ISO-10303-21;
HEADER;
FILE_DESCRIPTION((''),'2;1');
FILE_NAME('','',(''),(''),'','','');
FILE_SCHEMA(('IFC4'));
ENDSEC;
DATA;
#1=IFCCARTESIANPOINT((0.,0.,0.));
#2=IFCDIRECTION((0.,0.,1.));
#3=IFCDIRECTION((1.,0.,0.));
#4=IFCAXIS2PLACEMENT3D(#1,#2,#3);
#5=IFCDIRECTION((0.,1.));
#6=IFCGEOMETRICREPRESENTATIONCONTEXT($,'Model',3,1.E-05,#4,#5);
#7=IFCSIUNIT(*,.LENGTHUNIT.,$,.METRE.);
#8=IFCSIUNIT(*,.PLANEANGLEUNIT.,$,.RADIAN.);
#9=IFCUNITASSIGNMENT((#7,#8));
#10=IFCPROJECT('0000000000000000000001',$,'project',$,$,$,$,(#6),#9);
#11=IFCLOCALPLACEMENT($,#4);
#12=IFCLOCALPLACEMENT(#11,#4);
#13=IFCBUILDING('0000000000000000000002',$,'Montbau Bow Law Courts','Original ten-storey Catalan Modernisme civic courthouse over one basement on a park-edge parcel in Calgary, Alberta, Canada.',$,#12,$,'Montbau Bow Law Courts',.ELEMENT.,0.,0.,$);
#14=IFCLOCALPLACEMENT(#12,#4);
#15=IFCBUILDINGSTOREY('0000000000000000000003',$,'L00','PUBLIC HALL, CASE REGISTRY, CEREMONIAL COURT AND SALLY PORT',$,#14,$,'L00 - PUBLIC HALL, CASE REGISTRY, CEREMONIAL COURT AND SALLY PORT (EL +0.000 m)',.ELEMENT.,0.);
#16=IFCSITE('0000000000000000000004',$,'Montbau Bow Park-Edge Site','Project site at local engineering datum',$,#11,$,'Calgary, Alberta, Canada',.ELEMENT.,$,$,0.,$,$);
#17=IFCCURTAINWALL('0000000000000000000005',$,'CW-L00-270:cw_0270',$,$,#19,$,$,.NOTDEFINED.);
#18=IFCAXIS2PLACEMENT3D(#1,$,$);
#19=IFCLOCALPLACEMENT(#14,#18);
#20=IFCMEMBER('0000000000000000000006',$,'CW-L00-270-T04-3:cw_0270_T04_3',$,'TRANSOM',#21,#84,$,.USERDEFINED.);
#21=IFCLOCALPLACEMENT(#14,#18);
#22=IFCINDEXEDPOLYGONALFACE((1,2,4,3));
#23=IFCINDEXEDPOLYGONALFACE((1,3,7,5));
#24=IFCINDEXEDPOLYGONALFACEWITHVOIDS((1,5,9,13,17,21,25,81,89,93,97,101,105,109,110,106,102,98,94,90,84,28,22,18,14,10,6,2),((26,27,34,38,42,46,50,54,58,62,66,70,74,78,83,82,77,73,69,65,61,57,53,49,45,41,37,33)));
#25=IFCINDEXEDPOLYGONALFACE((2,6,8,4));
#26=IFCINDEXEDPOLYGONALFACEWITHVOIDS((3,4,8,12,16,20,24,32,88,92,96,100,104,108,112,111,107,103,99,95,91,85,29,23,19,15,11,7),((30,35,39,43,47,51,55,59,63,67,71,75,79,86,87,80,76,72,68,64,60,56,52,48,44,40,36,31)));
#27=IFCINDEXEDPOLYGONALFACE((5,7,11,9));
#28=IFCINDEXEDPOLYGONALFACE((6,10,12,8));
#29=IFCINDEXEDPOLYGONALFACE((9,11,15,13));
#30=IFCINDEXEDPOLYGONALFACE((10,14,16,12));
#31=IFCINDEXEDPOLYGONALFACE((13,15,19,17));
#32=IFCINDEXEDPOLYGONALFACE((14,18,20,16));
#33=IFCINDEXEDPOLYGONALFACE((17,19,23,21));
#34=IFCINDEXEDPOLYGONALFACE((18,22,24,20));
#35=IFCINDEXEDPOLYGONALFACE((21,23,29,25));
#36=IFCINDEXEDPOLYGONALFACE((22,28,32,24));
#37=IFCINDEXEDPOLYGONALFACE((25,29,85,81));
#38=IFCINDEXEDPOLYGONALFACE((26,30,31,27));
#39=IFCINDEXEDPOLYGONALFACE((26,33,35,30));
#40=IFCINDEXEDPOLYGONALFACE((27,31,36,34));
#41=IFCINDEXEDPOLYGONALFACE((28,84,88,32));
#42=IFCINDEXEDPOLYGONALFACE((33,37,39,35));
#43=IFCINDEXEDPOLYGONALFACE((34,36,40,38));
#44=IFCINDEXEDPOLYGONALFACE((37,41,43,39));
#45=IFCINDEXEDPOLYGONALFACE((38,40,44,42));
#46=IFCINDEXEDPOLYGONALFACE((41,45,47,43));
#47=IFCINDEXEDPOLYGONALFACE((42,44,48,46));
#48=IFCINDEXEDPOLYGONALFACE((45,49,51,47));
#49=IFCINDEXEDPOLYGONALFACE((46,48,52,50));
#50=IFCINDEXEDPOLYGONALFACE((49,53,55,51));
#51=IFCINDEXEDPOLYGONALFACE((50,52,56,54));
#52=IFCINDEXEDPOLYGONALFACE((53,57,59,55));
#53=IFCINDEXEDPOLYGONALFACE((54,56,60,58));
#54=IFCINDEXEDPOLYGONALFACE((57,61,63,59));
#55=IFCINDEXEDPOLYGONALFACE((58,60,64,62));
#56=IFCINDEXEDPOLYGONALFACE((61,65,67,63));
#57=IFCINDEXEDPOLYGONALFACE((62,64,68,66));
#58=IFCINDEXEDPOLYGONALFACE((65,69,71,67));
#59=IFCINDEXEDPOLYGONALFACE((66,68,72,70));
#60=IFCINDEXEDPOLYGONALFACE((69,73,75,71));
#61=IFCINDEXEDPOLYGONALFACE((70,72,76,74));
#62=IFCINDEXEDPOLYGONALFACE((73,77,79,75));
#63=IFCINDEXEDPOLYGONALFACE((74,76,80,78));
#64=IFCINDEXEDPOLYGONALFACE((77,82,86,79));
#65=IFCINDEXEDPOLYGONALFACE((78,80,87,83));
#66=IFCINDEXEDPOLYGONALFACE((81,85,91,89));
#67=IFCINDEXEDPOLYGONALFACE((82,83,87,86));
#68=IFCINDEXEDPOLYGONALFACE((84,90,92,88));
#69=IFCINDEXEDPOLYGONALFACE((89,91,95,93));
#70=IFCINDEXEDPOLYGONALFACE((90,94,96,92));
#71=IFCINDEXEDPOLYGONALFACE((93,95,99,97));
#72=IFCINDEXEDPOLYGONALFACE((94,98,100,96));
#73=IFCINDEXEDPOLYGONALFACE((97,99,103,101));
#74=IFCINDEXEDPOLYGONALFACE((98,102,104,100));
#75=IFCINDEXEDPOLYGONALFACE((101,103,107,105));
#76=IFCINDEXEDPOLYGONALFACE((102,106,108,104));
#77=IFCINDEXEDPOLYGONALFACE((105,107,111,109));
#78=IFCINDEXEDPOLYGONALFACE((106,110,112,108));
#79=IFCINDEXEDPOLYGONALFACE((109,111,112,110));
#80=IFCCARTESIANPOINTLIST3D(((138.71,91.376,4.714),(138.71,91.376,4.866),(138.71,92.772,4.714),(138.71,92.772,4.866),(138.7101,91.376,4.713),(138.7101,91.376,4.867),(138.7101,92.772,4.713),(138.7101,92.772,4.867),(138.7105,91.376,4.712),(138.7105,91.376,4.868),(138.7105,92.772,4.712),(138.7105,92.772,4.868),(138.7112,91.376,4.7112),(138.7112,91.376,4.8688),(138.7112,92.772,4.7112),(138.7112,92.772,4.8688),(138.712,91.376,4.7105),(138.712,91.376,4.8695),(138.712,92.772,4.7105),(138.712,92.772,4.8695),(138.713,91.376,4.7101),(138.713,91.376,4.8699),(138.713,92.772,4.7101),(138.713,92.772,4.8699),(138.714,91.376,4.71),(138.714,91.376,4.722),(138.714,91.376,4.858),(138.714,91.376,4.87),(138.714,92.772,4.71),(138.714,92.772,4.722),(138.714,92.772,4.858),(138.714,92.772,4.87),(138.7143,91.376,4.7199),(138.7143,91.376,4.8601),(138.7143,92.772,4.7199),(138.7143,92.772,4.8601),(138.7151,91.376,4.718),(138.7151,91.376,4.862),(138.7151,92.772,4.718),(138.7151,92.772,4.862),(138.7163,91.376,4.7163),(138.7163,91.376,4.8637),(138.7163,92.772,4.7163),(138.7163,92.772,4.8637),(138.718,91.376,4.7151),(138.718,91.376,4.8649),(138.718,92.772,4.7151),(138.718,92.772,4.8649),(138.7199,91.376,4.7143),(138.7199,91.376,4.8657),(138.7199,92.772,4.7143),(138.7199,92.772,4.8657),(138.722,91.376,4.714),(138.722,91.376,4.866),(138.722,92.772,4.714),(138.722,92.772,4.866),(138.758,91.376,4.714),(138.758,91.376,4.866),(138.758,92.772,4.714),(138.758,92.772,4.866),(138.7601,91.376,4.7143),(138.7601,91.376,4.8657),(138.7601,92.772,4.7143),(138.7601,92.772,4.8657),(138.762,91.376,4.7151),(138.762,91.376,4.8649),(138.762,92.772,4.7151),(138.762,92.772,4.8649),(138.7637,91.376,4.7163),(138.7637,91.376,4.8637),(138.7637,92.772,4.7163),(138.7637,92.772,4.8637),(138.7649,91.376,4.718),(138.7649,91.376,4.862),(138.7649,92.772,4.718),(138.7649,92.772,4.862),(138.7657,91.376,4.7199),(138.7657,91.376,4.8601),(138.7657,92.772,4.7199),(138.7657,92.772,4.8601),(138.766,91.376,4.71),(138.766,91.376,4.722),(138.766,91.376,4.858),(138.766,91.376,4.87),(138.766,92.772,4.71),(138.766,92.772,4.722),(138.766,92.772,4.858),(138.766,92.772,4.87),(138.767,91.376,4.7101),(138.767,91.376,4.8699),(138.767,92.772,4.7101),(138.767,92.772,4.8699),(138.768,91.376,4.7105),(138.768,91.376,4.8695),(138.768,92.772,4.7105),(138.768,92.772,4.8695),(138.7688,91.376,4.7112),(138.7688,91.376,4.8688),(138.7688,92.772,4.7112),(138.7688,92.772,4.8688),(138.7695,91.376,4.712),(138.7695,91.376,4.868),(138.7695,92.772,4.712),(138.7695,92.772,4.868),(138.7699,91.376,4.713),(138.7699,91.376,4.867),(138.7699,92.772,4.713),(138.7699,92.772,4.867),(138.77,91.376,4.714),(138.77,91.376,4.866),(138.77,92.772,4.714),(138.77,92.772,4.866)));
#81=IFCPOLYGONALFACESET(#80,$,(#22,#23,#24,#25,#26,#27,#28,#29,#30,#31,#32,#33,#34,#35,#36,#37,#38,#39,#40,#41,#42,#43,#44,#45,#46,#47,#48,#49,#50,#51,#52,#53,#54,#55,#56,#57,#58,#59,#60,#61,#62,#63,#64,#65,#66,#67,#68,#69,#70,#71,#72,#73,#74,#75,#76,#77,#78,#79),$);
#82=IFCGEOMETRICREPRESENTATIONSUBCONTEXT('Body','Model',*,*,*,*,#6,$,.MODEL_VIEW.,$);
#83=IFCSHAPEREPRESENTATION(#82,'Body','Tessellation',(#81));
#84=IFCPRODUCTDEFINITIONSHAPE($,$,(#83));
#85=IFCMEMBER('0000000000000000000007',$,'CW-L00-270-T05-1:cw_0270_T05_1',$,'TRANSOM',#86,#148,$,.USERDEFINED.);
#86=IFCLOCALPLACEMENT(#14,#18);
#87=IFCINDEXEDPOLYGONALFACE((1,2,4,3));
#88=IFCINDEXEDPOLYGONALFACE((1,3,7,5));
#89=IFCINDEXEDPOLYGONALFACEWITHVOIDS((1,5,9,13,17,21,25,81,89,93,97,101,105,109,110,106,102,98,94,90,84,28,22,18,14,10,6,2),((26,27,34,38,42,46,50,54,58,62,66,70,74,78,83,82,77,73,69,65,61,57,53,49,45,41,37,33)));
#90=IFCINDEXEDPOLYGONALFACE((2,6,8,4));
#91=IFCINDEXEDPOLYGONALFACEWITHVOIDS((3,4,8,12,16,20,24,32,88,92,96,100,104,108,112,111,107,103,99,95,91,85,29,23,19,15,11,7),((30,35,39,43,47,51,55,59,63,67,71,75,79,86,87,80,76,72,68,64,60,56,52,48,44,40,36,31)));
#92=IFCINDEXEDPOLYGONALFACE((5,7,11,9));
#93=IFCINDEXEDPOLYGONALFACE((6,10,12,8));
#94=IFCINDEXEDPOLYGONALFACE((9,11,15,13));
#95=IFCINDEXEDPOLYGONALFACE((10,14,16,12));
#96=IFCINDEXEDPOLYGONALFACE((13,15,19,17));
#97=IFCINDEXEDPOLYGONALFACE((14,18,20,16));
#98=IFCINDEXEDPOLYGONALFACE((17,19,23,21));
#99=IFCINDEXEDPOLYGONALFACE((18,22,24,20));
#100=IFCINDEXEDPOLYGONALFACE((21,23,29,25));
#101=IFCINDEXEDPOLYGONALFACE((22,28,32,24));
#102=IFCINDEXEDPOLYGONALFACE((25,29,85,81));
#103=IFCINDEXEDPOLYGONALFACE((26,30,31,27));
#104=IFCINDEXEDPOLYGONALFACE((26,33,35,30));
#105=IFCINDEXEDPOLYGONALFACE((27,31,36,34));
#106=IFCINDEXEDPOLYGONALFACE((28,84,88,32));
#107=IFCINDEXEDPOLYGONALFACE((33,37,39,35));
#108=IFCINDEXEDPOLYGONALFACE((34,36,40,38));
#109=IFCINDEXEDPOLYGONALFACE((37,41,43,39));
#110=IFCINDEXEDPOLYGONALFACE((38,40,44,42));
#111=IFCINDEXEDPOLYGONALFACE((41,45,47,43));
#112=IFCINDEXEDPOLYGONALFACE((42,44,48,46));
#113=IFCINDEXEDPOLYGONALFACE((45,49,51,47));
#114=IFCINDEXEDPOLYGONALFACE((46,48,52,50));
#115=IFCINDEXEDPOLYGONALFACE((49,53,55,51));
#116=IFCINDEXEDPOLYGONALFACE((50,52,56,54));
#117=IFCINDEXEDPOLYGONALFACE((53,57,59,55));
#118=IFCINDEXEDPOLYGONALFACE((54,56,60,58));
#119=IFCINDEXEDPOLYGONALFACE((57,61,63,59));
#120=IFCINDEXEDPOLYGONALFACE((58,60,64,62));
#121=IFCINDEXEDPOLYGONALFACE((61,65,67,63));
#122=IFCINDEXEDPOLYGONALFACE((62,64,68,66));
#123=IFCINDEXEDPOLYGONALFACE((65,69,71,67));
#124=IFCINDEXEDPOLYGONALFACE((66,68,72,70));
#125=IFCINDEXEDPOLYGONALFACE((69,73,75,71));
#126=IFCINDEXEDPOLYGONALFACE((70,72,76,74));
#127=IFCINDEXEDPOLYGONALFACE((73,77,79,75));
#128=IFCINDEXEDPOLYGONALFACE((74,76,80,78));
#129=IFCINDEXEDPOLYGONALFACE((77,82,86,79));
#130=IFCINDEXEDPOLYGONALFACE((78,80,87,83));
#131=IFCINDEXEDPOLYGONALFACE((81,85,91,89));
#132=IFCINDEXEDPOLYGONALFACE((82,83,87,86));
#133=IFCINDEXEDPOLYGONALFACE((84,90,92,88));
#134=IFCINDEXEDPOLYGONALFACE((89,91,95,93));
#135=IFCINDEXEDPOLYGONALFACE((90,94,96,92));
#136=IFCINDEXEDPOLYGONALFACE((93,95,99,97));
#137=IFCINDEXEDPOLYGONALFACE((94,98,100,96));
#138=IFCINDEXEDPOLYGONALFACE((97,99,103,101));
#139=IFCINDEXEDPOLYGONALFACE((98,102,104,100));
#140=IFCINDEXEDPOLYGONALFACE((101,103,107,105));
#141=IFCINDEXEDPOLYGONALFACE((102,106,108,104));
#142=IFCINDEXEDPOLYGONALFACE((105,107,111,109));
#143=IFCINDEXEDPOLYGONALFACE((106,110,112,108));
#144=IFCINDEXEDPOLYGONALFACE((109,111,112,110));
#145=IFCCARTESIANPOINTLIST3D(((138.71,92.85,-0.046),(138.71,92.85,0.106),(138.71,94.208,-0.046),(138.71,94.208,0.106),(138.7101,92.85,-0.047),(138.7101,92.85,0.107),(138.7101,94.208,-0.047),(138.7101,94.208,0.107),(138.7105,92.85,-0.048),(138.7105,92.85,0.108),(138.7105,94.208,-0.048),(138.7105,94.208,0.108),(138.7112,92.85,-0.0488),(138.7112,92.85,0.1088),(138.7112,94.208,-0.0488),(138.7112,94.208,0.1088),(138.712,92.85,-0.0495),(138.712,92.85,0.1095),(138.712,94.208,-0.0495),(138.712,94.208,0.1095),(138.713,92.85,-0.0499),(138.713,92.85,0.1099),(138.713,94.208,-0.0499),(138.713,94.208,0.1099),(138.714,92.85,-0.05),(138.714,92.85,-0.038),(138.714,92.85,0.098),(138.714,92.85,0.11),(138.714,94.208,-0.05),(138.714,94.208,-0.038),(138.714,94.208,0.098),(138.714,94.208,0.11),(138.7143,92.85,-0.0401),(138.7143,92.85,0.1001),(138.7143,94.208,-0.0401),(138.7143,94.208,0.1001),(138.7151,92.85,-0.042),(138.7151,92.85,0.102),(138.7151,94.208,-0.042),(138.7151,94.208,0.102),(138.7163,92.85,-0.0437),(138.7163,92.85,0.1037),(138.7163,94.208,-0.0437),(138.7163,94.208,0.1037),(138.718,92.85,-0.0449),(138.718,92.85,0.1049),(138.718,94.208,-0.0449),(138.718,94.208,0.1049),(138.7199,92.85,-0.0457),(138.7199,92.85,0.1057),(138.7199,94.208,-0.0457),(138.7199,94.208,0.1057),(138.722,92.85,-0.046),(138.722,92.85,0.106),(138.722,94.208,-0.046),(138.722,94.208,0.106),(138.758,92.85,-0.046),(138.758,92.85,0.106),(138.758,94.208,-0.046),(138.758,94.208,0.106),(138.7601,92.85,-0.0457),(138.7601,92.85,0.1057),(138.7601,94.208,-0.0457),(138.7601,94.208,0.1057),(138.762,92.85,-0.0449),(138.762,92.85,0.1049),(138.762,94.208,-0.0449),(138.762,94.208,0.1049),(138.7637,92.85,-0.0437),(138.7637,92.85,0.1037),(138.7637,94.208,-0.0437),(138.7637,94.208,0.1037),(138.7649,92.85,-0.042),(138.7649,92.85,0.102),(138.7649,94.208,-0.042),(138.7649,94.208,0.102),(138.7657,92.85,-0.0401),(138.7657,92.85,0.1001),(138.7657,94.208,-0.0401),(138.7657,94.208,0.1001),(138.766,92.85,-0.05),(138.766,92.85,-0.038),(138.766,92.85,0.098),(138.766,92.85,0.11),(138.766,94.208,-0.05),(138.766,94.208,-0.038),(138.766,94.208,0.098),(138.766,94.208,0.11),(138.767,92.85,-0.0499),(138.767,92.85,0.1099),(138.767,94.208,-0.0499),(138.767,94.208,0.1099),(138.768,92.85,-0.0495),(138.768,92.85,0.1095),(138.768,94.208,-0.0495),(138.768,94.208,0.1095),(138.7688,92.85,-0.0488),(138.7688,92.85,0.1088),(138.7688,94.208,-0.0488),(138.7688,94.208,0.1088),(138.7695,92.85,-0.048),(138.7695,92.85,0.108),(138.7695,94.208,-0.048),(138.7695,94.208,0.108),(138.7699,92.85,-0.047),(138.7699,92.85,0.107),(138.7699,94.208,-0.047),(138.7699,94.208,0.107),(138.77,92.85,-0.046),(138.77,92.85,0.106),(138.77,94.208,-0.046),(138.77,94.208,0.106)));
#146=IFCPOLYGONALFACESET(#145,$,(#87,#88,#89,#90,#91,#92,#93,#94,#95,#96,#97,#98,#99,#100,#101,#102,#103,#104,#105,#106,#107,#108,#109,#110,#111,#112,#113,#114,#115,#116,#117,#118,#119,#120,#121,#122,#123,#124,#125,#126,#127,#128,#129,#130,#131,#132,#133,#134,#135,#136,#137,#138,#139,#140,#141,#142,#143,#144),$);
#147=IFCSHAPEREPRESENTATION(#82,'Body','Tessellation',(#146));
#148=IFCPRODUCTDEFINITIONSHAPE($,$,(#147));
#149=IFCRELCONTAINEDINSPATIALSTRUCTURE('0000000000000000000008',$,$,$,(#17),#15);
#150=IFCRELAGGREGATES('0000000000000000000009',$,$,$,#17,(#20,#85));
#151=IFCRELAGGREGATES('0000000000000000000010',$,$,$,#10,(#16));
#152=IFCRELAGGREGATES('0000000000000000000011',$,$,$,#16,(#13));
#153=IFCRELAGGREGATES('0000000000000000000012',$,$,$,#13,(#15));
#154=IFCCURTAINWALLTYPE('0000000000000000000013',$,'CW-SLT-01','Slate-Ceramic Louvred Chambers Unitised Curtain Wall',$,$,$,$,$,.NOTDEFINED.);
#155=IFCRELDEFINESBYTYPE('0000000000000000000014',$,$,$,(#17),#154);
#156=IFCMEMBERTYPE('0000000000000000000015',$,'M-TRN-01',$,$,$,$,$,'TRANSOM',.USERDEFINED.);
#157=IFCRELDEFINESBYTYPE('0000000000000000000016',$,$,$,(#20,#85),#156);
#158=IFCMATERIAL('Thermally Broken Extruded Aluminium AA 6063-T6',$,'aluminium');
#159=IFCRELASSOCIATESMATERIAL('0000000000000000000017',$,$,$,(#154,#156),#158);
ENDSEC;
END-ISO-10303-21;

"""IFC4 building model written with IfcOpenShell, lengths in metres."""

from ifc_helpers import new_model, si_unit, direction, frame, origin_with_axes, origin_2d_with_axis, place, context, subcontext, project, spatial, hollow_rectangle, extrude, material, material_profile, profile_set, type_object, element, aggregate, save


model = new_model("IFC4")

# Units and contexts
model_context = context("Model", 3, precision=1e-05, world=origin_with_axes(), true_north=direction((0.0, 1.0)))
body_context = subcontext(model_context, "Body", "Model", "MODEL_VIEW")
ifc_project = project(units=[si_unit("LENGTHUNIT", "METRE"), si_unit("PLANEANGLEUNIT", "RADIAN")], contexts=[model_context])

# Site, building, storey
site_placement = place(None, origin_with_axes())
site = spatial("IfcSite", under=ifc_project, at=site_placement, Name="Montbau Bow Park-Edge Site", Description="Project site at local engineering datum", LongName="Calgary, Alberta, Canada", CompositionType="ELEMENT", RefElevation=0.0)
building_placement = place(site_placement, origin_with_axes())
building = spatial("IfcBuilding", under=site, at=building_placement, Name="Montbau Bow Law Courts", Description="Original ten-storey Catalan Modernisme civic courthouse over one basement on a park-edge parcel in Calgary, Alberta, Canada.", LongName="Montbau Bow Law Courts", CompositionType="ELEMENT", ElevationOfRefHeight=0.0, ElevationOfTerrain=0.0)
storey_placement = place(building_placement, origin_with_axes())
storey = spatial("IfcBuildingStorey", under=building, at=storey_placement, Name="L00", Description="PUBLIC HALL, CASE REGISTRY, CEREMONIAL COURT AND SALLY PORT", LongName="L00 - PUBLIC HALL, CASE REGISTRY, CEREMONIAL COURT AND SALLY PORT (EL +0.000 m)", CompositionType="ELEMENT", Elevation=0.0)

# Curtain wall, members
ifc_material_1 = material(Name="Thermally Broken Extruded Aluminium AA 6063-T6", Category="aluminium")
curtain_wall_type = type_object("IfcCurtainWallType", Name="CW-SLT-01", Description="Slate-Ceramic Louvred Chambers Unitised Curtain Wall", PredefinedType="NOTDEFINED", material=ifc_material_1)
curtain_wall_placement = place(None, frame((138.74, 86.915, 0.0), z_axis=(0.0, 0.0, 1.0), x_axis=(1.0, 0.0, 0.0)))
curtain_wall = element("IfcCurtainWall", 1, at=curtain_wall_placement, inside=storey, type_object=curtain_wall_type, Name="CW-L00-270:cw_0270", PredefinedType="NOTDEFINED")
ifc_material_profile_1 = material_profile(ifc_material_1, hollow_rectangle(XDim=0.06, YDim=0.16, WallThickness=0.004, InnerFilletRadius=0.008, OuterFilletRadius=0.004, at=origin_2d_with_axis()), Name="CWT-160X60", Category="Main", Priority=0)
ifc_profile_set_1 = profile_set([ifc_material_profile_1], Name="Thermally Broken Extruded Aluminium AA 6063-T6")
member_type_1 = type_object("IfcMemberType", Name="M-TRN-01", ElementType="TRANSOM", PredefinedType="USERDEFINED", material=ifc_profile_set_1)
member_1_placement = place(None, frame((138.74, 91.376, 4.79), z_axis=(0.0, 1.0, 0.0), x_axis=(-1.0, 0.0, 0.0)))
member_1 = element("IfcMember", 2, at=member_1_placement, type_object=member_type_1, Name="CW-L00-270-T04-3:cw_0270_T04_3", ObjectType="TRANSOM", PredefinedType="USERDEFINED", context=body_context, shape_type="SweptSolid", body=[
    extrude(hollow_rectangle(XDim=0.06, YDim=0.16, WallThickness=0.004, InnerFilletRadius=0.008, OuterFilletRadius=0.004, at=origin_2d_with_axis()), origin_with_axes(), (0.0, 0.0, 1.0), 1.396),
])
member_2_placement = place(None, frame((138.74, 92.85, 0.03), z_axis=(0.0, 1.0, 0.0), x_axis=(-1.0, 0.0, 0.0)))
member_2 = element("IfcMember", 3, at=member_2_placement, type_object=member_type_1, Name="CW-L00-270-T05-1:cw_0270_T05_1", ObjectType="TRANSOM", PredefinedType="USERDEFINED", context=body_context, shape_type="SweptSolid", body=[
    extrude(hollow_rectangle(XDim=0.06, YDim=0.16, WallThickness=0.004, InnerFilletRadius=0.008, OuterFilletRadius=0.004, at=origin_2d_with_axis()), origin_with_axes(), (0.0, 0.0, 1.0), 1.358),
])
aggregate(curtain_wall, [member_1, member_2])

save(model, "model.ifc")
